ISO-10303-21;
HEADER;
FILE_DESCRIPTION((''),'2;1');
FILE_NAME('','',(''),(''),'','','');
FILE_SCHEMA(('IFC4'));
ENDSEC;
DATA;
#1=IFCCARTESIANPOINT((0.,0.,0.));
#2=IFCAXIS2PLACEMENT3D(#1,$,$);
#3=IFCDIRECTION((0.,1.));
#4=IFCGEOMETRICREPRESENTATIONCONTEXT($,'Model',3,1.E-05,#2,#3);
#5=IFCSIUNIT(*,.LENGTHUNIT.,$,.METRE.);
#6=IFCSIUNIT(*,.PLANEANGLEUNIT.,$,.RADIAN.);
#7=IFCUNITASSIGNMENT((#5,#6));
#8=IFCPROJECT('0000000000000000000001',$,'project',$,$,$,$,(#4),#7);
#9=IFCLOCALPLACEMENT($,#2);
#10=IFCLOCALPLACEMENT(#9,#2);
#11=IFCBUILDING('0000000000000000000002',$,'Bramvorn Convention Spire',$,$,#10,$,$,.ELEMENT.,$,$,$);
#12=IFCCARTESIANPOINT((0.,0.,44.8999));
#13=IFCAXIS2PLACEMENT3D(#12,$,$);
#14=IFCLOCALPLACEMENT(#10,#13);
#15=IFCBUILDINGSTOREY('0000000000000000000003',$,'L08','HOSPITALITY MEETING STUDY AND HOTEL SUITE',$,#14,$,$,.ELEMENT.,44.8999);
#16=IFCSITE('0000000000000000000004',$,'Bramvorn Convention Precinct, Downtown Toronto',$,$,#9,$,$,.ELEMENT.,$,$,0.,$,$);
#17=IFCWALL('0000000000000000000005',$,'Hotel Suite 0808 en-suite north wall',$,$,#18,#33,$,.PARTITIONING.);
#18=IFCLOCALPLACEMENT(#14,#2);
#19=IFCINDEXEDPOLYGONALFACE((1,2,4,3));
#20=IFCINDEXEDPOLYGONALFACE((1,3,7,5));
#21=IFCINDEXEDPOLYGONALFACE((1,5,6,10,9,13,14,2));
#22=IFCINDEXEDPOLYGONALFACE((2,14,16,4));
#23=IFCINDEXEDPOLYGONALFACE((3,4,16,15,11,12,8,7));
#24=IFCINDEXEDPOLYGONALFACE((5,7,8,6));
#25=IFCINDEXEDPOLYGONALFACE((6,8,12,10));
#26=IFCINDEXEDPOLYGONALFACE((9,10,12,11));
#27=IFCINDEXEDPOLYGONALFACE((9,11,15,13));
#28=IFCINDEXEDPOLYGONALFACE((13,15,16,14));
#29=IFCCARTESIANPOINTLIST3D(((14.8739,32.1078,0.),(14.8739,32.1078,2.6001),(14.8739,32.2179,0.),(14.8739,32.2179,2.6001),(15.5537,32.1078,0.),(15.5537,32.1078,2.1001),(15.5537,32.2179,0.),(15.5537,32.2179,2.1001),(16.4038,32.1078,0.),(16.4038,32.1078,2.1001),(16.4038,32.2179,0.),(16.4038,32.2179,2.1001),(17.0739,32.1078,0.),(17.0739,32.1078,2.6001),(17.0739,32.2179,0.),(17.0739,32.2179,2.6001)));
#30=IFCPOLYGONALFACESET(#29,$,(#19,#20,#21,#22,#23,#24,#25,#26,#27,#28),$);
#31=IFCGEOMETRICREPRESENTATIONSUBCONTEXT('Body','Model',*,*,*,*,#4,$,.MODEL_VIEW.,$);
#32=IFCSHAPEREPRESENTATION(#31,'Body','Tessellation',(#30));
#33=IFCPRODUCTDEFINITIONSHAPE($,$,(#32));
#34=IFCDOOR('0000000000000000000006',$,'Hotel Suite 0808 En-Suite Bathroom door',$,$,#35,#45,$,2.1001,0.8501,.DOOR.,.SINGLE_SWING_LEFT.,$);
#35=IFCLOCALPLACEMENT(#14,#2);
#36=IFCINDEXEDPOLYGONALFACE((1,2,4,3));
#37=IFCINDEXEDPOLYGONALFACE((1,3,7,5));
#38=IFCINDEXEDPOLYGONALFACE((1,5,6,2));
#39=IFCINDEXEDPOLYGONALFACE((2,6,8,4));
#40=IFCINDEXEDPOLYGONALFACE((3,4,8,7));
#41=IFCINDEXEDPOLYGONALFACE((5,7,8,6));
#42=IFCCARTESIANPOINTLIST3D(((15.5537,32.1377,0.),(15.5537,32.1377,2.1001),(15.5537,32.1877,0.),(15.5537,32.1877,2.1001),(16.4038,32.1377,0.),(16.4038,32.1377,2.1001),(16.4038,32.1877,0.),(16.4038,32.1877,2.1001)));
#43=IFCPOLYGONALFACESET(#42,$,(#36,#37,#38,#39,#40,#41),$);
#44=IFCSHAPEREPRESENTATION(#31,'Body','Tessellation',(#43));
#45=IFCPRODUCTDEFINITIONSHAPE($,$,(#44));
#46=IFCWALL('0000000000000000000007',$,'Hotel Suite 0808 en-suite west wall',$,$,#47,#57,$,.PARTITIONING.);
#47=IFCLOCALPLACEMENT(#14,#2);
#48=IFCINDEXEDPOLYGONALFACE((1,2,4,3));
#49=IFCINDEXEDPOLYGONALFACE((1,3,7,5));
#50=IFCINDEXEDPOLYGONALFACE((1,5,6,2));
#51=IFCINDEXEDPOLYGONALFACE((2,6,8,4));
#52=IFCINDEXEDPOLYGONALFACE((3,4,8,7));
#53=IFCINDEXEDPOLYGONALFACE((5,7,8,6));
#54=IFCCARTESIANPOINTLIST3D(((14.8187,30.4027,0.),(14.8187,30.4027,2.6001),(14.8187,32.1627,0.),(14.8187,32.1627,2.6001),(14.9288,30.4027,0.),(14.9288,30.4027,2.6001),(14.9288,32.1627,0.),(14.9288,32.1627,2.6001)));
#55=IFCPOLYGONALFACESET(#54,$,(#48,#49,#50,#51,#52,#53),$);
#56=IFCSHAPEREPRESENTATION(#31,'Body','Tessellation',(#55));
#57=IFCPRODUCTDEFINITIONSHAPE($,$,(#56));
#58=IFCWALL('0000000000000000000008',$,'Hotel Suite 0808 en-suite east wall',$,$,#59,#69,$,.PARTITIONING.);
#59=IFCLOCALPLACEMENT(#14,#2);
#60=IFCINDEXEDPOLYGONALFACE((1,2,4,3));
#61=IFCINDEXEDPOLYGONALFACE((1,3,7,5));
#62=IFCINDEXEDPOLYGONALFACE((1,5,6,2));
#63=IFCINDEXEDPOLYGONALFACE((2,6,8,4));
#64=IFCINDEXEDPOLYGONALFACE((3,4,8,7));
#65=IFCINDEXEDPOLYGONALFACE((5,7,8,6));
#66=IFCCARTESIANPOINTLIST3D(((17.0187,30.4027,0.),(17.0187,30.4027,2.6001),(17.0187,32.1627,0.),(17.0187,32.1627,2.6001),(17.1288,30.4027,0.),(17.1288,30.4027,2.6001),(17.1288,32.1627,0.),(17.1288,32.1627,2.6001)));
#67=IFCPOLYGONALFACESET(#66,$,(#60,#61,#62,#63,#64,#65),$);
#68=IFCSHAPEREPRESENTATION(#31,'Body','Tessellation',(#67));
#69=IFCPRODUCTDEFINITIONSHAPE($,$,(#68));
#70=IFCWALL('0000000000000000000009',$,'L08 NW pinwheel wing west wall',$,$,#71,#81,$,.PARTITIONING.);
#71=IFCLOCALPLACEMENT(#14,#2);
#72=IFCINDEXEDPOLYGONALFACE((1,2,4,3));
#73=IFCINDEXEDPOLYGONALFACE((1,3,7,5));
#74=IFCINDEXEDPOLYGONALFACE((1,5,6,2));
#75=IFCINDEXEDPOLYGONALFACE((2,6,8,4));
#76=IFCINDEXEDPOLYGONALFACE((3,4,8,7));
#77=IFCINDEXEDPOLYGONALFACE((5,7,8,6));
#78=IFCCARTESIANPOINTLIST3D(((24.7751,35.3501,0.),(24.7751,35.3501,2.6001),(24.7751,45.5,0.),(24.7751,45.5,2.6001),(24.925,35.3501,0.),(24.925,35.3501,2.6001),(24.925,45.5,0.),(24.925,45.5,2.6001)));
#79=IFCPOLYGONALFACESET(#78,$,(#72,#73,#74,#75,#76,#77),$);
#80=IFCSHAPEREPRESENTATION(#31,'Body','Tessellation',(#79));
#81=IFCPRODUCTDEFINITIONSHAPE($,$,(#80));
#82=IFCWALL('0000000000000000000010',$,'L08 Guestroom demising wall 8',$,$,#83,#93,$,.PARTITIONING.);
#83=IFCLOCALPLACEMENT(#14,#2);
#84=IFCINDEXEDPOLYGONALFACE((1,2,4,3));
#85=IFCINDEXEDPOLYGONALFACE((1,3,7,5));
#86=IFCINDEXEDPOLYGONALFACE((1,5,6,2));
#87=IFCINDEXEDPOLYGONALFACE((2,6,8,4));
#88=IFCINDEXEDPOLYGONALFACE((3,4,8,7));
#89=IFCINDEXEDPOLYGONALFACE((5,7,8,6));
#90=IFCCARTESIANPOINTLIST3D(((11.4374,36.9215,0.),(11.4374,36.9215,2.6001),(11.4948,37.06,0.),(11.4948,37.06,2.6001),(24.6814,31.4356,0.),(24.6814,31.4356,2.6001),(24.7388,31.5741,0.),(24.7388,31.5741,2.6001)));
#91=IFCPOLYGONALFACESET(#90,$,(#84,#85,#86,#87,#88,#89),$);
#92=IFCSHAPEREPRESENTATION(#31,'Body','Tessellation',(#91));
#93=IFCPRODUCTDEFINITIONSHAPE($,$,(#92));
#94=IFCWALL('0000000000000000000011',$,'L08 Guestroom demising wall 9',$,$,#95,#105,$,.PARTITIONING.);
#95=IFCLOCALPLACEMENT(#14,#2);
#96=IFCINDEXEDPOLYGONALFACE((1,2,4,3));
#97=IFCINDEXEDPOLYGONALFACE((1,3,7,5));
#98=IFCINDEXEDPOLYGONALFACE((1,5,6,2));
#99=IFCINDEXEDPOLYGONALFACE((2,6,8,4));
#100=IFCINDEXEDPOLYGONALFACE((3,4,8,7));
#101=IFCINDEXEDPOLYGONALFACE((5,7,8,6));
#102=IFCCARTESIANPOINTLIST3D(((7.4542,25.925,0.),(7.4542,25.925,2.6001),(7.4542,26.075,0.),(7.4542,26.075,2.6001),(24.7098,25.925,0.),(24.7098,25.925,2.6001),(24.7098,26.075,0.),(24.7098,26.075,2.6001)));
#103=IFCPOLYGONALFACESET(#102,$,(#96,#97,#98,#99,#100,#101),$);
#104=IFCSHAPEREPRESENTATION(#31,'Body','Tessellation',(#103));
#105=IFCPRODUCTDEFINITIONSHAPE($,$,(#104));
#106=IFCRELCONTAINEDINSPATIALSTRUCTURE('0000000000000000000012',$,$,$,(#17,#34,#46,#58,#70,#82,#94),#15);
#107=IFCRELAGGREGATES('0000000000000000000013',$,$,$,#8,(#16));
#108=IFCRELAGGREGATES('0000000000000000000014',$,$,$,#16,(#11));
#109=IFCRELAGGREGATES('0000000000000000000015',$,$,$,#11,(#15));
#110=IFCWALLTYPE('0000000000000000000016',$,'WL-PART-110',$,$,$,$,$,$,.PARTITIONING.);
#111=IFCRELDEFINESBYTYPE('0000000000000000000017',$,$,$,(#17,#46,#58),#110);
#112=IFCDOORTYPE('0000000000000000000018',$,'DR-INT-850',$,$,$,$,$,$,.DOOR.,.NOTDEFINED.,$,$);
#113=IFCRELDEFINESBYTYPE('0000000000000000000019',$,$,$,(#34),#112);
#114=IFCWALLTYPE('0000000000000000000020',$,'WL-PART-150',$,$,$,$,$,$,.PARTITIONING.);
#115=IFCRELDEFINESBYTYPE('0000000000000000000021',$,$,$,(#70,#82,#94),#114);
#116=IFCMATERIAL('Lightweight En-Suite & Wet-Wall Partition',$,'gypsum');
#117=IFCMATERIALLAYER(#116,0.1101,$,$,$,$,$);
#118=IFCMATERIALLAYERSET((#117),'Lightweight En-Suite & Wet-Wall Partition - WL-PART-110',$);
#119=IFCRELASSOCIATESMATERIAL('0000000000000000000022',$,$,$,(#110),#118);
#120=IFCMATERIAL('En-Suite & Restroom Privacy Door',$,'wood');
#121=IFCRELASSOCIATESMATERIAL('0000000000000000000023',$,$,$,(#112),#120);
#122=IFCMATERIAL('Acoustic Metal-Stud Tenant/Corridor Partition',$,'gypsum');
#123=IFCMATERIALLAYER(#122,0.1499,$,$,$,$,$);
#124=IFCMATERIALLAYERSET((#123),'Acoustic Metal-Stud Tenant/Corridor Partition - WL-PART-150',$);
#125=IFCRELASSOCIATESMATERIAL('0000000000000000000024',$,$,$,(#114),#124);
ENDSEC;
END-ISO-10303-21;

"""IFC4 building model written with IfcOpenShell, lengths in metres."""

from ifc_helpers import new_model, si_unit, direction, frame, frame_2d, origin, place, context, subcontext, project, spatial, rectangle, extrude, material, layer, layer_set, type_object, element, fill, save


model = new_model("IFC4")

# Units and contexts
model_context = context("Model", 3, precision=1e-05, world=origin(), true_north=direction((0.0, 1.0)))
body_context = subcontext(model_context, "Body", "Model", "MODEL_VIEW")
ifc_project = project(units=[si_unit("LENGTHUNIT", "METRE"), si_unit("PLANEANGLEUNIT", "RADIAN")], contexts=[model_context])

# Site, building, storey
site_placement = place(None, origin())
site = spatial("IfcSite", under=ifc_project, at=site_placement, Name="Bramvorn Convention Precinct, Downtown Toronto", CompositionType="ELEMENT", RefElevation=0.0)
building_placement = place(site_placement, origin())
building = spatial("IfcBuilding", under=site, at=building_placement, Name="Bramvorn Convention Spire", CompositionType="ELEMENT")
storey_placement = place(building_placement, frame((0.0, 0.0, 44.8999)))
storey = spatial("IfcBuildingStorey", under=building, at=storey_placement, Name="L08", Description="HOSPITALITY MEETING STUDY AND HOTEL SUITE", CompositionType="ELEMENT", Elevation=44.8999)

# Shared definitions
ifc_material_1 = material(Name="Lightweight En-Suite & Wet-Wall Partition", Category="gypsum")
ifc_layer_1 = layer(ifc_material_1, 0.1101)
ifc_layer_set_1 = layer_set([ifc_layer_1], Name="Lightweight En-Suite & Wet-Wall Partition - WL-PART-110")
wall_type_1 = type_object("IfcWallType", Name="WL-PART-110", PredefinedType="PARTITIONING", material=ifc_layer_set_1)

# Wall, opening, door
wall_1_placement = place(storey_placement, frame((14.8738, 32.1628, 0.0), z_axis=(0.0, 0.0, 1.0), x_axis=(1.0, 0.0, 0.0)))
wall_1 = element("IfcWall", 1, at=wall_1_placement, inside=storey, type_object=wall_type_1, Name="Hotel Suite 0808 en-suite north wall", PredefinedType="PARTITIONING", context=body_context, shape_type="SweptSolid", body=[
    extrude(rectangle(XDim=2.2, YDim=0.1101, at=frame_2d((1.1001, 0.0))), origin(), (0.0, 0.0, 1.0), 2.6001),
])
opening_1_placement = place(wall_1_placement, frame((0.6799, 0.0, 0.0)))
opening_1 = element("IfcOpeningElement", 2, at=opening_1_placement, cuts=wall_1, PredefinedType="OPENING", context=body_context, shape_type="SweptSolid", body=[
    extrude(rectangle(XDim=0.8501, YDim=2.1001, at=frame_2d((0.425, 1.05))), frame((0.0, 0.0649, 0.0), z_axis=(0.0, -1.0, 0.0), x_axis=(1.0, 0.0, 0.0)), (0.0, 0.0, 1.0), 0.1301),
])
ifc_material_2 = material(Name="En-Suite & Restroom Privacy Door", Category="wood")
door_type_1 = type_object("IfcDoorType", Name="DR-INT-850", OperationType="NOTDEFINED", PredefinedType="DOOR", material=ifc_material_2)
door_1_placement = place(opening_1_placement, origin())
door_1 = element("IfcDoor", 3, at=door_1_placement, inside=storey, type_object=door_type_1, Name="Hotel Suite 0808 En-Suite Bathroom door", OperationType="SINGLE_SWING_LEFT", OverallHeight=2.1001, OverallWidth=0.8501, PredefinedType="DOOR", context=body_context, shape_type="SweptSolid", body=[
    extrude(rectangle(XDim=0.8501, YDim=2.1001, at=frame_2d((0.425, 1.05))), frame((0.0, 0.0249, 0.0), z_axis=(0.0, -1.0, 0.0), x_axis=(1.0, 0.0, 0.0)), (0.0, 0.0, 1.0), 0.05),
])
fill(opening_1, door_1)

# Walls
for number, where, z_axis, x_axis, name in (
    (4, (14.8738, 30.4028, 0.0), (0.0, 0.0, 1.0), (0.0, 1.0, 0.0), "Hotel Suite 0808 en-suite west wall"),
    (5, (17.0737, 30.4028, 0.0), (0.0, 0.0, 1.0), (0.0, 1.0, 0.0), "Hotel Suite 0808 en-suite east wall"),
):
    element("IfcWall", number, at=place(storey_placement, frame(where, z_axis=z_axis, x_axis=x_axis)), inside=storey, type_object=wall_type_1, Name=name, PredefinedType="PARTITIONING", context=body_context, shape_type="SweptSolid", body=[
        extrude(rectangle(XDim=1.76, YDim=0.1101, at=frame_2d((0.8799, 0.0))), origin(), (0.0, 0.0, 1.0), 2.6001),
    ])
ifc_material_3 = material(Name="Acoustic Metal-Stud Tenant/Corridor Partition", Category="gypsum")
ifc_layer_2 = layer(ifc_material_3, 0.1499)
ifc_layer_set_2 = layer_set([ifc_layer_2], Name="Acoustic Metal-Stud Tenant/Corridor Partition - WL-PART-150")
wall_type_2 = type_object("IfcWallType", Name="WL-PART-150", PredefinedType="PARTITIONING", material=ifc_layer_set_2)
wall_2_placement = place(storey_placement, frame((24.8501, 35.3501, 0.0), z_axis=(0.0, 0.0, 1.0), x_axis=(0.0, 1.0, 0.0)))
element("IfcWall", 6, at=wall_2_placement, inside=storey, type_object=wall_type_2, Name="L08 NW pinwheel wing west wall", PredefinedType="PARTITIONING", context=body_context, shape_type="SweptSolid", body=[
    extrude(rectangle(XDim=10.1499, YDim=0.1499, at=frame_2d((5.075, 0.0))), origin(), (0.0, 0.0, 1.0), 2.6001),
])
wall_3_placement = place(storey_placement, frame((24.71, 31.5049, 0.0), z_axis=(0.0, 0.0, 1.0), x_axis=(-0.923879, 0.382686, 0.0)))
element("IfcWall", 7, at=wall_3_placement, inside=storey, type_object=wall_type_2, Name="L08 Guestroom demising wall 8", PredefinedType="PARTITIONING", context=body_context, shape_type="SweptSolid", body=[
    extrude(rectangle(XDim=14.3352, YDim=0.1499, at=frame_2d((7.1675, 0.0))), origin(), (0.0, 0.0, 1.0), 2.6001),
])
wall_4_placement = place(storey_placement, frame((24.71, 26.0, 0.0), z_axis=(0.0, 0.0, 1.0), x_axis=(-1.0, 0.0, 0.0)))
element("IfcWall", 8, at=wall_4_placement, inside=storey, type_object=wall_type_2, Name="L08 Guestroom demising wall 9", PredefinedType="PARTITIONING", context=body_context, shape_type="SweptSolid", body=[
    extrude(rectangle(XDim=17.2556, YDim=0.1499, at=frame_2d((8.6279, 0.0))), origin(), (0.0, 0.0, 1.0), 2.6001),
])

save(model, "model.ifc")
